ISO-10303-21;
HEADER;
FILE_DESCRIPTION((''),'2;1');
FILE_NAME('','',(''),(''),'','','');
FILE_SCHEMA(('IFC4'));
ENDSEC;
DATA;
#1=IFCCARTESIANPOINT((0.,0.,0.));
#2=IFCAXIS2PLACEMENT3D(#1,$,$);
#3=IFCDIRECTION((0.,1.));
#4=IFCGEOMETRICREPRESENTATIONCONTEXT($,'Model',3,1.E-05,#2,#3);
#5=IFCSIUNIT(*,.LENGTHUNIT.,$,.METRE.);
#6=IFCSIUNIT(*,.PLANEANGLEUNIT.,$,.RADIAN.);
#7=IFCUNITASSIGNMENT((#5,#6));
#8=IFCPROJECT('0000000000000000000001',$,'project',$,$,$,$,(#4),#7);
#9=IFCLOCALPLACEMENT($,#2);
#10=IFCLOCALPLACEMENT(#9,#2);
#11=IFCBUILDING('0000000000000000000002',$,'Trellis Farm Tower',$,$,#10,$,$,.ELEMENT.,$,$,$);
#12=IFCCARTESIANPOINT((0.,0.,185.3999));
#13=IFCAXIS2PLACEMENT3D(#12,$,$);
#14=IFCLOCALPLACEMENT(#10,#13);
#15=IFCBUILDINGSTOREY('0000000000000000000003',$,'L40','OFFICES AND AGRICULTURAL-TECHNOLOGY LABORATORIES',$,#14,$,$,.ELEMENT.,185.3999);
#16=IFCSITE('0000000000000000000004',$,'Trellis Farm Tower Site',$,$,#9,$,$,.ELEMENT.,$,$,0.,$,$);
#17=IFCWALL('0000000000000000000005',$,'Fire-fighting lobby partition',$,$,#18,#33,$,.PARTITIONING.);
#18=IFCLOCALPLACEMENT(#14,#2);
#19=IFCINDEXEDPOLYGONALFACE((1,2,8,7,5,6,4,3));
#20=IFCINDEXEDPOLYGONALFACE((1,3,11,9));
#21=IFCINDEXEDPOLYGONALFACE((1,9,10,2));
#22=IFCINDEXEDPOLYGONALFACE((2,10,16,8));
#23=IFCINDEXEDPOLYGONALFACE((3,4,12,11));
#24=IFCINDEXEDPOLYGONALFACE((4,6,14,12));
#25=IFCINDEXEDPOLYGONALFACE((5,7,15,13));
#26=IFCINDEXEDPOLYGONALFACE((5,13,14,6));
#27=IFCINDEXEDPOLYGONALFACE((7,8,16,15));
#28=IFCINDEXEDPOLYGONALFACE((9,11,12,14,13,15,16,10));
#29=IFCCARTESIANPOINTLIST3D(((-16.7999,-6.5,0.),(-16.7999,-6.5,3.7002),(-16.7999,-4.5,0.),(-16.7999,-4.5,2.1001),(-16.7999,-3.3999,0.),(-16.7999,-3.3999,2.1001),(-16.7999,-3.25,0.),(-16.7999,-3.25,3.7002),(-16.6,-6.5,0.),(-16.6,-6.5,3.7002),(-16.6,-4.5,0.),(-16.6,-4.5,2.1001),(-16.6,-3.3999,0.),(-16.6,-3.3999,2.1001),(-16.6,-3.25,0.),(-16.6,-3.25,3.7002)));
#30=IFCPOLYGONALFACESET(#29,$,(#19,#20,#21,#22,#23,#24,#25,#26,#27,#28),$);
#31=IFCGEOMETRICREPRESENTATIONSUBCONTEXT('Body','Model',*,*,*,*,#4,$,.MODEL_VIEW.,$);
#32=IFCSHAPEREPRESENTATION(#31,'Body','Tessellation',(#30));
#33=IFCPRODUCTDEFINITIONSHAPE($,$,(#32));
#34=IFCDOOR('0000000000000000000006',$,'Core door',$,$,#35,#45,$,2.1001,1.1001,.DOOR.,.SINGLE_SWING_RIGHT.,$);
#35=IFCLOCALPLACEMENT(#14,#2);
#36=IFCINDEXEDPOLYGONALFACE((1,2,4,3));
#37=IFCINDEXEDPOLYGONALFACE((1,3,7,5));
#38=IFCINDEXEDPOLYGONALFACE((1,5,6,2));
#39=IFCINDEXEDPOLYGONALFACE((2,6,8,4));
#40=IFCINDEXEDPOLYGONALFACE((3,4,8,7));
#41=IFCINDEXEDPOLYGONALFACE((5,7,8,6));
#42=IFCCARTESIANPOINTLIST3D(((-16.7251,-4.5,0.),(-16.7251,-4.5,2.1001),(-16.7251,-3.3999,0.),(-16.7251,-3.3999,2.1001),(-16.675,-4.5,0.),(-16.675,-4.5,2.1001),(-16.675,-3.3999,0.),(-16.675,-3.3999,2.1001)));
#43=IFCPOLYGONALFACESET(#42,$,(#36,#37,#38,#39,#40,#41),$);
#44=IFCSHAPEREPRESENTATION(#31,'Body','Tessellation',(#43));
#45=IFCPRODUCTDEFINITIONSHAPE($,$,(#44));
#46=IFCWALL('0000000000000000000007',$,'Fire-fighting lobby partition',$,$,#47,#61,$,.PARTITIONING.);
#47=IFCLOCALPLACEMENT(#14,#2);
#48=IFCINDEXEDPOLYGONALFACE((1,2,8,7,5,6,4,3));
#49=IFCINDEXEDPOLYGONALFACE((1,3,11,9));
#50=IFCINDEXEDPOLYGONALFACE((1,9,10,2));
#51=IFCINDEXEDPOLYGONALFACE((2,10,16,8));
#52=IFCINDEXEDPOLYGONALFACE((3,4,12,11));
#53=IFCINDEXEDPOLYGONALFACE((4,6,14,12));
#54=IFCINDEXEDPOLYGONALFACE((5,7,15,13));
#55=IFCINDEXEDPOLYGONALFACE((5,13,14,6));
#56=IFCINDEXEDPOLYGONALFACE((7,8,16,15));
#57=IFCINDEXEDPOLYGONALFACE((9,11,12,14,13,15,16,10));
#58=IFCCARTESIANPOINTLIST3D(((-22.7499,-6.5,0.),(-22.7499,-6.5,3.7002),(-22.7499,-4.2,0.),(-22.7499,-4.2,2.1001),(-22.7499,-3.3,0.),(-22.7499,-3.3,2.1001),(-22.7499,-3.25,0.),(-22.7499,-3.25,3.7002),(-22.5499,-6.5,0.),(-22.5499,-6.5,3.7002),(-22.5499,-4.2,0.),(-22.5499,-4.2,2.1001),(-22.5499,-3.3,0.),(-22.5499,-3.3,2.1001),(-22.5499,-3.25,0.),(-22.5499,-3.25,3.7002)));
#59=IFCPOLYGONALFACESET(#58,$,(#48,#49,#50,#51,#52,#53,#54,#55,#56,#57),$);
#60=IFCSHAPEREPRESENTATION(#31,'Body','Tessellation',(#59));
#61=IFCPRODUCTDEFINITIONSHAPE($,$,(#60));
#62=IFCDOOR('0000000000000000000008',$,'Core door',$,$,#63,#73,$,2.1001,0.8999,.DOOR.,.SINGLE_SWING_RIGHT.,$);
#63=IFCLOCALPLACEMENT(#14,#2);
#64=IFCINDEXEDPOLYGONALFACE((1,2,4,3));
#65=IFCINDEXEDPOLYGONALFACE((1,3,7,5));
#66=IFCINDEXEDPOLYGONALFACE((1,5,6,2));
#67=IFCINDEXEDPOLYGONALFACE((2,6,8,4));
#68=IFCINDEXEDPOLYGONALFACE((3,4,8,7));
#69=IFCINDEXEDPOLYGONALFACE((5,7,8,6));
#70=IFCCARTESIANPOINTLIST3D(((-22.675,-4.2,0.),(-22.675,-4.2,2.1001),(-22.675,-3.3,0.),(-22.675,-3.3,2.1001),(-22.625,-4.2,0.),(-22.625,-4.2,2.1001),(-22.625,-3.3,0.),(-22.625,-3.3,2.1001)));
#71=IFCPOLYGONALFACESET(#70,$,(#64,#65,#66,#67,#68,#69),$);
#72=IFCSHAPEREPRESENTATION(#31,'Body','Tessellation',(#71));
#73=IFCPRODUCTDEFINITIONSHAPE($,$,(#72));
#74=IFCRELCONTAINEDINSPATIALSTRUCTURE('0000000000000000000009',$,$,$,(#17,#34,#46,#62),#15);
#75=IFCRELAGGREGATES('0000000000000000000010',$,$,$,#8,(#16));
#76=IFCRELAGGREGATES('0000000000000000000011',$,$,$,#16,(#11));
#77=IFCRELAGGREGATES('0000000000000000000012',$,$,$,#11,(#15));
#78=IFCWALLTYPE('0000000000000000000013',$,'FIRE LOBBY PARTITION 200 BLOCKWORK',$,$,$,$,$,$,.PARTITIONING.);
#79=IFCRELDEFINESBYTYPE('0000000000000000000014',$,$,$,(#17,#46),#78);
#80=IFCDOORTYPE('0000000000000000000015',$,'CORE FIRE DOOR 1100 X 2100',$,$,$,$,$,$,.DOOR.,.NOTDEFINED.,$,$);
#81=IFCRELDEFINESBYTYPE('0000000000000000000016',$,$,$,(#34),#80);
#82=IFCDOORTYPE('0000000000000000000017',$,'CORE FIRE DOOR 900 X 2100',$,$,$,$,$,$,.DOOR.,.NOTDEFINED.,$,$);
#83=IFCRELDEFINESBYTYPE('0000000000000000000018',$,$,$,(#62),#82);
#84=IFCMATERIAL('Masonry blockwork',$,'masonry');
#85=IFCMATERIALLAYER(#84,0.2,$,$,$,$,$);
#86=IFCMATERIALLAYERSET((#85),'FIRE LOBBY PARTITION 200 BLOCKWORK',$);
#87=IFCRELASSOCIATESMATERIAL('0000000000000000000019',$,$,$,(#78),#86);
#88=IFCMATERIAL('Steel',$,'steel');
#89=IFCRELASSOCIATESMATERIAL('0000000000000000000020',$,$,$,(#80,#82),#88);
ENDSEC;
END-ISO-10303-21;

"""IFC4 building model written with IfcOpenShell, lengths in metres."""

from ifc_helpers import new_model, si_unit, direction, frame, frame_2d, origin, place, context, subcontext, project, spatial, rectangle, extrude, source, transform, mapped, material, layer, layer_set, type_object, element, fill, save


model = new_model("IFC4")

# Units and contexts
model_context = context("Model", 3, precision=1e-05, world=origin(), true_north=direction((0.0, 1.0)))
body_context = subcontext(model_context, "Body", "Model", "MODEL_VIEW")
ifc_project = project(units=[si_unit("LENGTHUNIT", "METRE"), si_unit("PLANEANGLEUNIT", "RADIAN")], contexts=[model_context])

# Site, building, storey
site_placement = place(None, origin())
site = spatial("IfcSite", under=ifc_project, at=site_placement, Name="Trellis Farm Tower Site", CompositionType="ELEMENT", RefElevation=0.0)
building_placement = place(site_placement, origin())
building = spatial("IfcBuilding", under=site, at=building_placement, Name="Trellis Farm Tower", CompositionType="ELEMENT")
storey_placement = place(building_placement, frame((0.0, 0.0, 185.3999)))
storey = spatial("IfcBuildingStorey", under=building, at=storey_placement, Name="L40", Description="OFFICES AND AGRICULTURAL-TECHNOLOGY LABORATORIES", CompositionType="ELEMENT", Elevation=185.3999)

# Walls, openings, doors
ifc_material_1 = material(Name="Masonry blockwork", Category="masonry")
ifc_layer_1 = layer(ifc_material_1, 0.2)
ifc_layer_set_1 = layer_set([ifc_layer_1], Name="FIRE LOBBY PARTITION 200 BLOCKWORK")
wall_type_1 = type_object("IfcWallType", Name="FIRE LOBBY PARTITION 200 BLOCKWORK", PredefinedType="PARTITIONING", material=ifc_layer_set_1)
shared_shape_1 = source(origin(), body_context, "Body", "SweptSolid", [
    extrude(rectangle(XDim=3.25, YDim=0.2, at=frame_2d((1.625, 0.0))), origin(), (0.0, 0.0, 1.0), 3.7002),
])
wall_1_placement = place(storey_placement, frame((-16.7, -3.25, 0.0), z_axis=(0.0, 0.0, 1.0), x_axis=(0.0, -1.0, 0.0)))
wall_1 = element("IfcWall", 1, at=wall_1_placement, inside=storey, type_object=wall_type_1, Name="Fire-fighting lobby partition", PredefinedType="PARTITIONING", context=body_context, shape_type="MappedRepresentation", body=[
    mapped(shared_shape_1, transform((0.0, 0.0, 0.0))),
])
shared_shape_2 = source(origin(), body_context, "Body", "SweptSolid", [
    extrude(rectangle(XDim=1.1001, YDim=2.1001, at=frame_2d((0.55, 1.05))), frame((0.0, 0.1101, 0.0), z_axis=(0.0, -1.0, 0.0), x_axis=(1.0, 0.0, 0.0)), (0.0, 0.0, 1.0), 0.2202),
])
opening_1_placement = place(wall_1_placement, frame((0.1499, 0.0, 0.0)))
opening_1 = element("IfcOpeningElement", 2, at=opening_1_placement, cuts=wall_1, PredefinedType="OPENING", context=body_context, shape_type="MappedRepresentation", body=[
    mapped(shared_shape_2, transform((0.0, 0.0, 0.0))),
])
ifc_material_2 = material(Name="Steel", Category="steel")
door_type_1 = type_object("IfcDoorType", Name="CORE FIRE DOOR 1100 X 2100", OperationType="NOTDEFINED", PredefinedType="DOOR", material=ifc_material_2)
shared_shape_3 = source(origin(), body_context, "Body", "SweptSolid", [
    extrude(rectangle(XDim=1.1001, YDim=2.1001, at=frame_2d((0.55, 1.05))), frame((0.0, 0.0249, 0.0), z_axis=(0.0, -1.0, 0.0), x_axis=(1.0, 0.0, 0.0)), (0.0, 0.0, 1.0), 0.05),
])
door_1_placement = place(opening_1_placement, origin())
door_1 = element("IfcDoor", 3, at=door_1_placement, inside=storey, type_object=door_type_1, Name="Core door", OperationType="SINGLE_SWING_RIGHT", OverallHeight=2.1001, OverallWidth=1.1001, PredefinedType="DOOR", context=body_context, shape_type="MappedRepresentation", body=[
    mapped(shared_shape_3, transform((0.0, 0.0, 0.0))),
])
fill(opening_1, door_1)
wall_2_placement = place(storey_placement, frame((-22.6499, -3.25, 0.0), z_axis=(0.0, 0.0, 1.0), x_axis=(0.0, -1.0, 0.0)))
wall_2 = element("IfcWall", 4, at=wall_2_placement, inside=storey, type_object=wall_type_1, Name="Fire-fighting lobby partition", PredefinedType="PARTITIONING", context=body_context, shape_type="MappedRepresentation", body=[
    mapped(shared_shape_1, transform((0.0, 0.0, 0.0))),
])
shared_shape_4 = source(origin(), body_context, "Body", "SweptSolid", [
    extrude(rectangle(XDim=0.8999, YDim=2.1001, at=frame_2d((0.45, 1.05))), frame((0.0, 0.1101, 0.0), z_axis=(0.0, -1.0, 0.0), x_axis=(1.0, 0.0, 0.0)), (0.0, 0.0, 1.0), 0.2202),
])
opening_2_placement = place(wall_2_placement, frame((0.05, 0.0, 0.0)))
opening_2 = element("IfcOpeningElement", 5, at=opening_2_placement, cuts=wall_2, PredefinedType="OPENING", context=body_context, shape_type="MappedRepresentation", body=[
    mapped(shared_shape_4, transform((0.0, 0.0, 0.0))),
])
door_type_2 = type_object("IfcDoorType", Name="CORE FIRE DOOR 900 X 2100", OperationType="NOTDEFINED", PredefinedType="DOOR", material=ifc_material_2)
shared_shape_5 = source(origin(), body_context, "Body", "SweptSolid", [
    extrude(rectangle(XDim=0.8999, YDim=2.1001, at=frame_2d((0.45, 1.05))), frame((0.0, 0.0249, 0.0), z_axis=(0.0, -1.0, 0.0), x_axis=(1.0, 0.0, 0.0)), (0.0, 0.0, 1.0), 0.05),
])
door_2_placement = place(opening_2_placement, origin())
door_2 = element("IfcDoor", 6, at=door_2_placement, inside=storey, type_object=door_type_2, Name="Core door", OperationType="SINGLE_SWING_RIGHT", OverallHeight=2.1001, OverallWidth=0.8999, PredefinedType="DOOR", context=body_context, shape_type="MappedRepresentation", body=[
    mapped(shared_shape_5, transform((0.0, 0.0, 0.0))),
])
fill(opening_2, door_2)

save(model, "model.ifc")
